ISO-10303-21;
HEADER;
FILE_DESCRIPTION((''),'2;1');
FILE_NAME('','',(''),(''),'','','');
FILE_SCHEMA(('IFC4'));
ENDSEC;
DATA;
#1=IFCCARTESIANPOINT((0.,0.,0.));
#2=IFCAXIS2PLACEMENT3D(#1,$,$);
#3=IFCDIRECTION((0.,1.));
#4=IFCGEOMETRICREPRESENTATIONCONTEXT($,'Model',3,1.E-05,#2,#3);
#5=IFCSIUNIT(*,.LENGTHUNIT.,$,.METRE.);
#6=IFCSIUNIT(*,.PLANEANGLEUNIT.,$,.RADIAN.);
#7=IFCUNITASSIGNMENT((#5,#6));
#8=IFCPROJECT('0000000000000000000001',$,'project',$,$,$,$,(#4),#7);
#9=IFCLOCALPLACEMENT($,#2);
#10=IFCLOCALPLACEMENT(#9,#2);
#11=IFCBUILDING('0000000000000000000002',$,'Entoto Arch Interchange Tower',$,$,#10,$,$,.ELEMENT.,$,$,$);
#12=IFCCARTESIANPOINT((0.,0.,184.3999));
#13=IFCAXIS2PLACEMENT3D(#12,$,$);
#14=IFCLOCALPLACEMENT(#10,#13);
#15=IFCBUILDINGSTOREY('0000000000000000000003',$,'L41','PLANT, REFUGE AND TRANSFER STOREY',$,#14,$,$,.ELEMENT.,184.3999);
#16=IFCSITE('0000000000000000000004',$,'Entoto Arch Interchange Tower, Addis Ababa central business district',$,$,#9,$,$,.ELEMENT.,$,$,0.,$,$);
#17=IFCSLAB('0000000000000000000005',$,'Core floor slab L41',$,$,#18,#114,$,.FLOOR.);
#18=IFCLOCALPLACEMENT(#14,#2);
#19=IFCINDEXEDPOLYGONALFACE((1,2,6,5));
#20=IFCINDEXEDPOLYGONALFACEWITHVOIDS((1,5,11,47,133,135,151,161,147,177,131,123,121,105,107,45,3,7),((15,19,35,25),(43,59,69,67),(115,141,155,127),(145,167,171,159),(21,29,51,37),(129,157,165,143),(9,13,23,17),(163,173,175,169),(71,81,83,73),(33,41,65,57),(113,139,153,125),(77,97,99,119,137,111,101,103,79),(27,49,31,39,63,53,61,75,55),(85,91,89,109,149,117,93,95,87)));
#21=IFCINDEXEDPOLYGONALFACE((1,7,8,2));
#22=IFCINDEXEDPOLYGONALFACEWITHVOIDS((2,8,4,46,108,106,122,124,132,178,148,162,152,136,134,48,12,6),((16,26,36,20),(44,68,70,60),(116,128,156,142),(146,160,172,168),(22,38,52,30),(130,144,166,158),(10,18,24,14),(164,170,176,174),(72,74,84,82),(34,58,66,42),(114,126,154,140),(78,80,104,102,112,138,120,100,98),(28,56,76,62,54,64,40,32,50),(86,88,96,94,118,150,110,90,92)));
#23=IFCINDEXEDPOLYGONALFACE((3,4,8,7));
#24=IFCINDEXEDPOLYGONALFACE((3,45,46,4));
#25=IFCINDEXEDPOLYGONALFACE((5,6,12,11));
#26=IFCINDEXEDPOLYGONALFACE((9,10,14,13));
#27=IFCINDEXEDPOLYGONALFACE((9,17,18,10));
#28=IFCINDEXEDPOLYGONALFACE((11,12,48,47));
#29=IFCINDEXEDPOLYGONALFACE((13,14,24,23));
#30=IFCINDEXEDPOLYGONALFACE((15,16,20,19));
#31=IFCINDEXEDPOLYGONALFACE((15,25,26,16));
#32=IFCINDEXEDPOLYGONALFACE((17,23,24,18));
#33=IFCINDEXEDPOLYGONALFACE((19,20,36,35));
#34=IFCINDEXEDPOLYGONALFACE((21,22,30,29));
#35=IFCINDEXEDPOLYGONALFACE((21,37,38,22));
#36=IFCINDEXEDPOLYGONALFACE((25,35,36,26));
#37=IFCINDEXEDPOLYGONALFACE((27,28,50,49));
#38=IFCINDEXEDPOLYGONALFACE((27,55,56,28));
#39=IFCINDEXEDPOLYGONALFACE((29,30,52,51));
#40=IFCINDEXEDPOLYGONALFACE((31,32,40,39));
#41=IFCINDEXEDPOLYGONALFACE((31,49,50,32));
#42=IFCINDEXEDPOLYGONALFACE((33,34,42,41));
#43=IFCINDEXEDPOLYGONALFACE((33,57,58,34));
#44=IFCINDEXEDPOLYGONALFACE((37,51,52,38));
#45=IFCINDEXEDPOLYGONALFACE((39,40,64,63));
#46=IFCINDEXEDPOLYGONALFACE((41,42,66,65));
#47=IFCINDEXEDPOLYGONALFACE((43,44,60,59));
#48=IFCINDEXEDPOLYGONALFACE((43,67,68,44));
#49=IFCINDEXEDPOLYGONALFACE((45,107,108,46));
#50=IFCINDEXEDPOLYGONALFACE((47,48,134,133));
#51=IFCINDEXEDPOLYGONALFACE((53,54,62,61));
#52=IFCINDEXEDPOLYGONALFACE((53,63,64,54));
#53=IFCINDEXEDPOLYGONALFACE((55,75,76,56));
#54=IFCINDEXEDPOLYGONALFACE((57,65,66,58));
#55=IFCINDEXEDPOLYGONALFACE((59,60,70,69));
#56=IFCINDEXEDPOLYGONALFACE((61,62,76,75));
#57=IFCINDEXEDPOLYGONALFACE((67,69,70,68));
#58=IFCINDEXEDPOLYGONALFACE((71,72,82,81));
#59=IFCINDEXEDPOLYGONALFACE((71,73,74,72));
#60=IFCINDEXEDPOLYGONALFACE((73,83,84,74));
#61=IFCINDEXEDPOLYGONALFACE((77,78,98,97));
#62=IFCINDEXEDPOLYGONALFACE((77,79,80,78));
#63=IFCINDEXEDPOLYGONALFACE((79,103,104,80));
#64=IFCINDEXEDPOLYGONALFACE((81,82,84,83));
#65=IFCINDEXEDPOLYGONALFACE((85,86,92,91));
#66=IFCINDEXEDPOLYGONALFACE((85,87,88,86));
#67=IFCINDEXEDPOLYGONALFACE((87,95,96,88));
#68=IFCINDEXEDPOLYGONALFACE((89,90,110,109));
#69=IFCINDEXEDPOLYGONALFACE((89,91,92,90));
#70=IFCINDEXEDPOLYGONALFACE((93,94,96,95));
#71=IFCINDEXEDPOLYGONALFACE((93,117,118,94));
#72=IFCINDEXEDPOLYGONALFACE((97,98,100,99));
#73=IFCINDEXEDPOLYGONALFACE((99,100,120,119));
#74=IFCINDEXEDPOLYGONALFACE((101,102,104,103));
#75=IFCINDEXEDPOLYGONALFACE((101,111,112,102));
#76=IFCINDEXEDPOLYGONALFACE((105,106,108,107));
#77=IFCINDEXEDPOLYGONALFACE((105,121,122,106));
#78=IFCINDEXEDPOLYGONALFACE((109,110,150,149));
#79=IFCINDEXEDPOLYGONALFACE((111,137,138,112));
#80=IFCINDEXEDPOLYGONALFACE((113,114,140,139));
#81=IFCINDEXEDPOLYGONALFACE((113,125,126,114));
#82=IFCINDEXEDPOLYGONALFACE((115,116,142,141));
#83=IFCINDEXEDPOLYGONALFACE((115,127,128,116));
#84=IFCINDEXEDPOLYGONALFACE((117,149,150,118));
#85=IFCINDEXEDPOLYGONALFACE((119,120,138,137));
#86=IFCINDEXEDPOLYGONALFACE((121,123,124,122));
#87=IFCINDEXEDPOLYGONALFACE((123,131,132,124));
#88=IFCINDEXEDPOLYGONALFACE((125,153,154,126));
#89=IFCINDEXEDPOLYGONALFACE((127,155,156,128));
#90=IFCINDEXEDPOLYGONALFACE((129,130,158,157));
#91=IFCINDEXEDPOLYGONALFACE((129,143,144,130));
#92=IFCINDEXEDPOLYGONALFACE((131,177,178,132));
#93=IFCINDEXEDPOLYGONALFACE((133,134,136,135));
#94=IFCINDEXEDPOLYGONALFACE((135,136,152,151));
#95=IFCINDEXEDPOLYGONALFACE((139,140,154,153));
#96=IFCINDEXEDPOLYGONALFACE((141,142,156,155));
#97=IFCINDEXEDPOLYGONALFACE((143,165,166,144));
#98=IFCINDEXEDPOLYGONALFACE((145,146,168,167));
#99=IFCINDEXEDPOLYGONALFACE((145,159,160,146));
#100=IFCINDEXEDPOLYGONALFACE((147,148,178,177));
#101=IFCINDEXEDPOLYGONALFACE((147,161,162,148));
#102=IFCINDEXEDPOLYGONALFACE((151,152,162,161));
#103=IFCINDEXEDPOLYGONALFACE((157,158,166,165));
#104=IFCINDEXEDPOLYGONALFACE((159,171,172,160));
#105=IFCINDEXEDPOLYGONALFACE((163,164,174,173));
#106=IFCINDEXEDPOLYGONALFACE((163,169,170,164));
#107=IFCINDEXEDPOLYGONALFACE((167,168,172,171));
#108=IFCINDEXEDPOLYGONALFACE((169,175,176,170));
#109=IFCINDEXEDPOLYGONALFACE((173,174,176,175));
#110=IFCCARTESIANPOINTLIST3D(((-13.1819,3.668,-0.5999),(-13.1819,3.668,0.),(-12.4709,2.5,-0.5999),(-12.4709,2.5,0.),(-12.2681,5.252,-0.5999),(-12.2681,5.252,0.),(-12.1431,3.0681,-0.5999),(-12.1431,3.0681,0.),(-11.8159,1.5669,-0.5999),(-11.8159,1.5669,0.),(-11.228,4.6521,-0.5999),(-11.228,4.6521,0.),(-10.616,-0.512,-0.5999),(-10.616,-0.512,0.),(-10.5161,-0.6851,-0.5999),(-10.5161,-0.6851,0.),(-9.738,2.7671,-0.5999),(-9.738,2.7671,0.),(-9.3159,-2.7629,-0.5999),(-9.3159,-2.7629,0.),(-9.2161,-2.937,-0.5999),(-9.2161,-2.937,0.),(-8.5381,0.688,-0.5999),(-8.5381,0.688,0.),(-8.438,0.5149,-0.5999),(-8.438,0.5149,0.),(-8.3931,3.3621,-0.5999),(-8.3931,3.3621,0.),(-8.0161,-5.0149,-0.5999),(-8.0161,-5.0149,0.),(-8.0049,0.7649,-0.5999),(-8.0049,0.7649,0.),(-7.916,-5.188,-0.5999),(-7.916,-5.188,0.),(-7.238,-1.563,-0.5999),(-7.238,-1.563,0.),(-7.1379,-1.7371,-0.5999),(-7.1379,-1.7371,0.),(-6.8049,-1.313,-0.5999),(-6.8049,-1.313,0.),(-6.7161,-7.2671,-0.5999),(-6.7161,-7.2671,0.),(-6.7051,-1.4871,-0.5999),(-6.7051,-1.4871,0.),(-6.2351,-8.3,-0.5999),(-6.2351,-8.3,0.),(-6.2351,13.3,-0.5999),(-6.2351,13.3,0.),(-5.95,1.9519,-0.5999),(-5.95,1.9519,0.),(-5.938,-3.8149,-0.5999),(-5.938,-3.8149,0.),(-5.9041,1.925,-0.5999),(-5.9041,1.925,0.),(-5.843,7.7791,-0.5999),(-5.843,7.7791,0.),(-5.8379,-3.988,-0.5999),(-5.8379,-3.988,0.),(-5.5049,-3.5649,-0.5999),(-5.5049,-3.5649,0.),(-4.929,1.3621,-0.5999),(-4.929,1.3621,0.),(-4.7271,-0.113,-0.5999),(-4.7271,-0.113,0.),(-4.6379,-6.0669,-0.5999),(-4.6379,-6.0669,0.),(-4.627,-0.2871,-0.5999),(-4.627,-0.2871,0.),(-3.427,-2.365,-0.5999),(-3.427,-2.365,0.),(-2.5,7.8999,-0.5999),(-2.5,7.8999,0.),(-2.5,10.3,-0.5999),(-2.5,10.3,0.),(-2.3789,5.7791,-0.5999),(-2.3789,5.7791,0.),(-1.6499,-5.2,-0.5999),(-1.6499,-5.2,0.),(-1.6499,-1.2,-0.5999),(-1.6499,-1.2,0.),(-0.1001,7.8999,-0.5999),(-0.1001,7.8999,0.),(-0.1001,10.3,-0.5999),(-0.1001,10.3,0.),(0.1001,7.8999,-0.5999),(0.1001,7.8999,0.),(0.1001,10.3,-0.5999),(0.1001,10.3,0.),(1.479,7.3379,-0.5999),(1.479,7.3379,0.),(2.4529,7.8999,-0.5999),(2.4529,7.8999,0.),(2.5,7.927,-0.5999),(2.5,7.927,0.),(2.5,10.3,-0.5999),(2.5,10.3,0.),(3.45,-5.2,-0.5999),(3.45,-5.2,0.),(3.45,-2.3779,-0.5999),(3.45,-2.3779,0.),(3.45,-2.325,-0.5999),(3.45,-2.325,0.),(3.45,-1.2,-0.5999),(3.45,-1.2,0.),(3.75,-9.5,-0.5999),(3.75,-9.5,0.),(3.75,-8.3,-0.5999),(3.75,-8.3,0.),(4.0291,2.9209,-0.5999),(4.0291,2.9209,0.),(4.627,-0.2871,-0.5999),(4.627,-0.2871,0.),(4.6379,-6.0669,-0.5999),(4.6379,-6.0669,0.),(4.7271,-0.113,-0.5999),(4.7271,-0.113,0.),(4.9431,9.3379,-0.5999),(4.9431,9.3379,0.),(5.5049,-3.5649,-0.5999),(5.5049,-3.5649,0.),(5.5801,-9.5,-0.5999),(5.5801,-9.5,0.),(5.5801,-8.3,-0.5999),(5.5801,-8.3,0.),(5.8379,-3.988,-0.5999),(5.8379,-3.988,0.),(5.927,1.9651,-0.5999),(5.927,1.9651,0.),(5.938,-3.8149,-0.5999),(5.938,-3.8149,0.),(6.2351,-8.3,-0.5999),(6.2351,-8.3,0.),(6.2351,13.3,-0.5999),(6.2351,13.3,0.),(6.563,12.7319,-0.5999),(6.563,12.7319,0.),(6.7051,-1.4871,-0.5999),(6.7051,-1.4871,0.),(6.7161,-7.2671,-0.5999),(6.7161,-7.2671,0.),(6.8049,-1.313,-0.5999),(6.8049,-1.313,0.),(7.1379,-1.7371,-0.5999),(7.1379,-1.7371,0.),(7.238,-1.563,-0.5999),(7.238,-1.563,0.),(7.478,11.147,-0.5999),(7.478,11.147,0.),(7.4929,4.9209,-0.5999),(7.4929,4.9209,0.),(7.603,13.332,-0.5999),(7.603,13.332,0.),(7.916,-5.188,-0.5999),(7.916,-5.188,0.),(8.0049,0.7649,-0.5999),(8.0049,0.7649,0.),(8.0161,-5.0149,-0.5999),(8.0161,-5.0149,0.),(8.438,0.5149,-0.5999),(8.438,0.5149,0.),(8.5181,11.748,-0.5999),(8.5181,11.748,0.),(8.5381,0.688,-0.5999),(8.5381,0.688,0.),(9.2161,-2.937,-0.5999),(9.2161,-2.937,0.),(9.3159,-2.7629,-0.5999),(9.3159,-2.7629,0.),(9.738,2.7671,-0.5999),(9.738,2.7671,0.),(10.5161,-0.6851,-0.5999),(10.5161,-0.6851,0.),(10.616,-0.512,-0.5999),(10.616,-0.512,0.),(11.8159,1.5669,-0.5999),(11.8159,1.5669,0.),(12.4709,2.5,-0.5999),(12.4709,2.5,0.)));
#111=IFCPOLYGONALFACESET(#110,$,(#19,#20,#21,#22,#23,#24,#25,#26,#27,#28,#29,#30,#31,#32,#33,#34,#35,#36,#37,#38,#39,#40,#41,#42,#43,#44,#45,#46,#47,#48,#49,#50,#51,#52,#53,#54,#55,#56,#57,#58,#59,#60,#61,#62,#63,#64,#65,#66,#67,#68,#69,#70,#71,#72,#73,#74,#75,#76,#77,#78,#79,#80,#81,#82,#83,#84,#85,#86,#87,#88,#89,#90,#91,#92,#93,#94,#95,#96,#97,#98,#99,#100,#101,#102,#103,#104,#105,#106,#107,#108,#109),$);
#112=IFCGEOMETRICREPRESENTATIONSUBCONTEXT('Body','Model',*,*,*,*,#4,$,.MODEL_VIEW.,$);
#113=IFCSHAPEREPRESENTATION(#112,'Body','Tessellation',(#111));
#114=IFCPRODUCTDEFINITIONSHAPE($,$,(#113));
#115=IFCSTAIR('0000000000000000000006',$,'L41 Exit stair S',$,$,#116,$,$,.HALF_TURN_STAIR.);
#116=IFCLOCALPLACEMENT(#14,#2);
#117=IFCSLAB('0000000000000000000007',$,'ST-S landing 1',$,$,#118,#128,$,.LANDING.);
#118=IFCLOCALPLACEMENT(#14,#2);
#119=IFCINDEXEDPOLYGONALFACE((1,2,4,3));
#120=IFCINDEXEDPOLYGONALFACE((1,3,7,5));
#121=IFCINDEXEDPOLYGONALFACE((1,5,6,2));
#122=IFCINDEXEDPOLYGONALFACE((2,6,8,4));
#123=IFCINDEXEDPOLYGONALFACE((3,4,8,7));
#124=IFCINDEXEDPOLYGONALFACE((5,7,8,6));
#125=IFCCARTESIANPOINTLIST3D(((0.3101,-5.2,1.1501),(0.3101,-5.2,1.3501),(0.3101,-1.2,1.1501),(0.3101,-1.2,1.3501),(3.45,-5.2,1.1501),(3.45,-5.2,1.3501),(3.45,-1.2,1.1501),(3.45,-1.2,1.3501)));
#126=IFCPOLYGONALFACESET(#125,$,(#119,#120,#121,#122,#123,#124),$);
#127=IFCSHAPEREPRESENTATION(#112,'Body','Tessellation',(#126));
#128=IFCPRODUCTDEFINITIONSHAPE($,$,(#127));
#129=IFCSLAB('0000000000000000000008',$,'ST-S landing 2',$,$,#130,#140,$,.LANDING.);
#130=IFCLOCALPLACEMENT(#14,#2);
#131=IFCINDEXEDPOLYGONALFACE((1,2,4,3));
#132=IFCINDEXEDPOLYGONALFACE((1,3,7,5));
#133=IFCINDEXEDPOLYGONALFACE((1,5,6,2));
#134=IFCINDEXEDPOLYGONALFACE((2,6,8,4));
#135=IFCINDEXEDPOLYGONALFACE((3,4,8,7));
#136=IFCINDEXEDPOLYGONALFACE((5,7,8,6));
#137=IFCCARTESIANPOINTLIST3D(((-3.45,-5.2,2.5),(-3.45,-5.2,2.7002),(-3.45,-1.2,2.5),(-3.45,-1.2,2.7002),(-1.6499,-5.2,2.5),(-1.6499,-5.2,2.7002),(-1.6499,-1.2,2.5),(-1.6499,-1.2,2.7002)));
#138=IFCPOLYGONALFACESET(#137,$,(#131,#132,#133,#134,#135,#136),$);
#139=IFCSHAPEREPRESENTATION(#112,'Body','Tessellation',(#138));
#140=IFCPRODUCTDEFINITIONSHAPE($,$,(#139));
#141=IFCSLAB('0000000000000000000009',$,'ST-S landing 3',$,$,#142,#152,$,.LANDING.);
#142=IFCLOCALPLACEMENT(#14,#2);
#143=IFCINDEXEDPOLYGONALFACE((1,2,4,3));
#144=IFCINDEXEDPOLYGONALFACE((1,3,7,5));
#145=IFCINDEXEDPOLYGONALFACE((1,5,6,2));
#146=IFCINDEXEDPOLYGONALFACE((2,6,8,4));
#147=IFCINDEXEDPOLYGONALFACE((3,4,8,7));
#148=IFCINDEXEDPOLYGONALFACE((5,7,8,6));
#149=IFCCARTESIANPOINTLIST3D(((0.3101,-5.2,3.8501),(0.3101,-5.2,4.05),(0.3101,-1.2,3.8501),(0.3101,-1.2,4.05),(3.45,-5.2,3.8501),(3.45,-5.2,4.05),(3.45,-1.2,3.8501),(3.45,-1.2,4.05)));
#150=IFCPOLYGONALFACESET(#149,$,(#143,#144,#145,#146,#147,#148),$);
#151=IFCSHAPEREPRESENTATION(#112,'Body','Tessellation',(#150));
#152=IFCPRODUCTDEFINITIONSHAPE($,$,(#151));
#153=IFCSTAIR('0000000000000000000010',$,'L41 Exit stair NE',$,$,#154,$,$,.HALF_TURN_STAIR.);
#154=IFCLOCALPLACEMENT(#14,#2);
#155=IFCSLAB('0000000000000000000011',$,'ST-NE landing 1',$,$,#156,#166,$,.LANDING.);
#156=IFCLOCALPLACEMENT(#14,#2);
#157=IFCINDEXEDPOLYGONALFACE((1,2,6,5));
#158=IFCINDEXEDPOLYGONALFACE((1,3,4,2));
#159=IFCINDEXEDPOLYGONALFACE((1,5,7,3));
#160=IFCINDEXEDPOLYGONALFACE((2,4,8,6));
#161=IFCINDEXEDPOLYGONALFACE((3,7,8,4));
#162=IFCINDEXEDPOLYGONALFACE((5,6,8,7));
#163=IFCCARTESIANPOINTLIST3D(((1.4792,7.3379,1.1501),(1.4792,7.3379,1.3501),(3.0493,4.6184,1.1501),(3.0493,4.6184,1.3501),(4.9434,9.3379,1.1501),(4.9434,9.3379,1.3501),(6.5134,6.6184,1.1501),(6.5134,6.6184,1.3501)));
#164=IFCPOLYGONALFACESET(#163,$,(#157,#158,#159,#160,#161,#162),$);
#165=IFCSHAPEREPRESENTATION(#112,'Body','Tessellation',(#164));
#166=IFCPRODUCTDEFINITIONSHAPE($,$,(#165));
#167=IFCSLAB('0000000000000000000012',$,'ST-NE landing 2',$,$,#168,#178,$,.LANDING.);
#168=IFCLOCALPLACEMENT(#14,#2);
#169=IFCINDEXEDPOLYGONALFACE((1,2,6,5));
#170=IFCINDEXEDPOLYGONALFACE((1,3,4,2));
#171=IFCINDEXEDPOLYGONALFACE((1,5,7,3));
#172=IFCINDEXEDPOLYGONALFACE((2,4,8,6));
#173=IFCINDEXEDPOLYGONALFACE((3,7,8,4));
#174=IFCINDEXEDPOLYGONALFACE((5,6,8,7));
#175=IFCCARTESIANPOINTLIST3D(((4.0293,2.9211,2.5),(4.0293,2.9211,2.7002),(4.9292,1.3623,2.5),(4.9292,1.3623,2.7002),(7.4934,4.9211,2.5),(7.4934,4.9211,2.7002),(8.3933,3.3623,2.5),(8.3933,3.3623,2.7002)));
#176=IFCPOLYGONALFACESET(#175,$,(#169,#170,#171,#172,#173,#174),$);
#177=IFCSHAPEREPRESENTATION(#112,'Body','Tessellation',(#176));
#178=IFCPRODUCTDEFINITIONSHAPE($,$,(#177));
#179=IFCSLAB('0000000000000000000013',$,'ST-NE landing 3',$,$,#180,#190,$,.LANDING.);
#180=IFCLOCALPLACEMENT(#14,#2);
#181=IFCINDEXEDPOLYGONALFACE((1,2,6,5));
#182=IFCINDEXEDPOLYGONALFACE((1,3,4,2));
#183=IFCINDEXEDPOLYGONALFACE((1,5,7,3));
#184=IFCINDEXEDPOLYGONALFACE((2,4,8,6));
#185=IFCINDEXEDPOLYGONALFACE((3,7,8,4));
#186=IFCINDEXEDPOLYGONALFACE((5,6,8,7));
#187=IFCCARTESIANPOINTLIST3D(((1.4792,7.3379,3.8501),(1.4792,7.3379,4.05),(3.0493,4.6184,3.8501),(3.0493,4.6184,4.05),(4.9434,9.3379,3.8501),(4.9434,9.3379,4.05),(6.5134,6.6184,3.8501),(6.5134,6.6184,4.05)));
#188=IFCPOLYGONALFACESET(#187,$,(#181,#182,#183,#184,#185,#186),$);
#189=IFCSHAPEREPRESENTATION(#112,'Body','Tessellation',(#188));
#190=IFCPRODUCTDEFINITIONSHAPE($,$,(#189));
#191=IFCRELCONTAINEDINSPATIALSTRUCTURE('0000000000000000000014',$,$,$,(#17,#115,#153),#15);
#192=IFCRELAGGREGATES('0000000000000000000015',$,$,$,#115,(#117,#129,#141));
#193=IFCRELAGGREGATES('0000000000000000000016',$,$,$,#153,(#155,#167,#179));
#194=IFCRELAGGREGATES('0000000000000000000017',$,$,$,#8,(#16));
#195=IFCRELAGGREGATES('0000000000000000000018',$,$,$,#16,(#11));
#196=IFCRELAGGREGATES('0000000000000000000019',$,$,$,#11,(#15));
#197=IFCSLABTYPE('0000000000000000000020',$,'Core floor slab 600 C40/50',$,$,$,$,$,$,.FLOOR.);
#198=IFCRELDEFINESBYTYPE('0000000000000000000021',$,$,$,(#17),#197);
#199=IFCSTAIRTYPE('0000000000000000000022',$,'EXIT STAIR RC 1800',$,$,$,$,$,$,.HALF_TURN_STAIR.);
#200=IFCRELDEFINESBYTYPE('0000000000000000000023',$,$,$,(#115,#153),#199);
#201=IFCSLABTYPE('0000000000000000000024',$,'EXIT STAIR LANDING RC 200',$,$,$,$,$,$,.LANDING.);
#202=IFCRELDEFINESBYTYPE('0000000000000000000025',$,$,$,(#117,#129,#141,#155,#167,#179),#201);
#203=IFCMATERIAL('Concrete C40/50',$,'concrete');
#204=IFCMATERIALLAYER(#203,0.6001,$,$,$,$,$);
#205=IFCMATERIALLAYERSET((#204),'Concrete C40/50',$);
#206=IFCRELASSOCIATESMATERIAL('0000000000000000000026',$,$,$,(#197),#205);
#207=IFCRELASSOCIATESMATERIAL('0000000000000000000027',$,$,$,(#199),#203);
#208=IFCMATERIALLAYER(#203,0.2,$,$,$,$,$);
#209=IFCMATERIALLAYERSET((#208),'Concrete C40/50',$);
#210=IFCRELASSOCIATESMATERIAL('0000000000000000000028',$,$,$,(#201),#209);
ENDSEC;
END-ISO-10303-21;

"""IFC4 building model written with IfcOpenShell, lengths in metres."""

from ifc_helpers import new_model, si_unit, direction, frame, origin, place, context, subcontext, project, spatial, polyline, outline, extrude, material, layer, layer_set, type_object, element, aggregate, save


model = new_model("IFC4")

# Units and contexts
model_context = context("Model", 3, precision=1e-05, world=origin(), true_north=direction((0.0, 1.0)))
body_context = subcontext(model_context, "Body", "Model", "MODEL_VIEW")
ifc_project = project(units=[si_unit("LENGTHUNIT", "METRE"), si_unit("PLANEANGLEUNIT", "RADIAN")], contexts=[model_context])

# Site, building, storey
site_placement = place(None, origin())
site = spatial("IfcSite", under=ifc_project, at=site_placement, Name="Entoto Arch Interchange Tower, Addis Ababa central business district", CompositionType="ELEMENT", RefElevation=0.0)
building_placement = place(site_placement, origin())
building = spatial("IfcBuilding", under=site, at=building_placement, Name="Entoto Arch Interchange Tower", CompositionType="ELEMENT")
storey_placement = place(building_placement, frame((0.0, 0.0, 184.3999)))
storey = spatial("IfcBuildingStorey", under=building, at=storey_placement, Name="L41", Description="PLANT, REFUGE AND TRANSFER STOREY", CompositionType="ELEMENT", Elevation=184.3999)

# Slab
ifc_material_1 = material(Name="Concrete C40/50", Category="concrete")
ifc_layer_1 = layer(ifc_material_1, 0.6001)
ifc_layer_set_1 = layer_set([ifc_layer_1], Name="Concrete C40/50")
slab_type_1 = type_object("IfcSlabType", Name="Core floor slab 600 C40/50", PredefinedType="FLOOR", material=ifc_layer_set_1)
slab_1_placement = place(storey_placement, frame((0.0, 0.0, -0.5999)))
element("IfcSlab", 1, at=slab_1_placement, inside=storey, type_object=slab_type_1, Name="Core floor slab L41", PredefinedType="FLOOR", context=body_context, shape_type="SweptSolid", body=[
    extrude(outline(polyline([(5.5801, -9.5), (3.75, -9.5), (3.75, -8.3), (-6.2351, -8.3), (-12.4709, 2.5), (-12.1431, 3.0681), (-13.1819, 3.668), (-12.2681, 5.252), (-11.228, 4.6521), (-6.2351, 13.3), (6.2351, 13.3), (6.563, 12.7319), (7.603, 13.332), (8.5181, 11.748), (7.478, 11.147), (12.4709, 2.5), (6.2351, -8.3), (5.5801, -8.3), (5.5801, -9.5)]), holes=[polyline([(-4.6379, -6.0669), (-5.8379, -3.988), (-7.916, -5.188), (-6.7161, -7.2671), (-4.6379, -6.0669)]), polyline([(-5.938, -3.8149), (-7.1379, -1.7371), (-9.2161, -2.937), (-8.0161, -5.0149), (-5.938, -3.8149)]), polyline([(5.5049, -3.5649), (6.7051, -1.4871), (4.627, -0.2871), (3.45, -2.325), (3.45, -1.2), (-1.6499, -1.2), (-1.6499, -5.2), (3.45, -5.2), (3.45, -2.3779), (5.5049, -3.5649)]), polyline([(-3.427, -2.365), (-4.627, -0.2871), (-6.7051, -1.4871), (-5.5049, -3.5649), (-3.427, -2.365)]), polyline([(-7.238, -1.563), (-8.438, 0.5149), (-10.5161, -0.6851), (-9.3159, -2.7629), (-7.238, -1.563)]), polyline([(-4.7271, -0.113), (-5.9041, 1.925), (-4.929, 1.3621), (-2.3789, 5.7791), (-5.843, 7.7791), (-8.3931, 3.3621), (-5.95, 1.9519), (-8.0049, 0.7649), (-6.8049, -1.313), (-4.7271, -0.113)]), polyline([(-8.5381, 0.688), (-9.738, 2.7671), (-11.8159, 1.5669), (-10.616, -0.512), (-8.5381, 0.688)]), polyline([(-2.5, 7.8999), (-0.1001, 7.8999), (-0.1001, 10.3), (-2.5, 10.3), (-2.5, 7.8999)]), polyline([(5.8379, -3.988), (4.6379, -6.0669), (6.7161, -7.2671), (7.916, -5.188), (5.8379, -3.988)]), polyline([(7.1379, -1.7371), (5.938, -3.8149), (8.0161, -5.0149), (9.2161, -2.937), (7.1379, -1.7371)]), polyline([(8.438, 0.5149), (7.238, -1.563), (9.3159, -2.7629), (10.5161, -0.6851), (8.438, 0.5149)]), polyline([(5.927, 1.9651), (4.7271, -0.113), (6.8049, -1.313), (8.0049, 0.7649), (5.927, 1.9651)]), polyline([(9.738, 2.7671), (8.5381, 0.688), (10.616, -0.512), (11.8159, 1.5669), (9.738, 2.7671)]), polyline([(7.4929, 4.9209), (4.9431, 9.3379), (2.5, 7.927), (2.5, 10.3), (0.1001, 10.3), (0.1001, 7.8999), (2.4529, 7.8999), (1.479, 7.3379), (4.0291, 2.9209), (7.4929, 4.9209)])]), origin(), (0.0, 0.0, 1.0), 0.5999),
])

# Stairs, slabs
stair_type = type_object("IfcStairType", Name="EXIT STAIR RC 1800", PredefinedType="HALF_TURN_STAIR", material=ifc_material_1)
stair_1_placement = place(storey_placement, origin())
stair_1 = element("IfcStair", 2, at=stair_1_placement, inside=storey, type_object=stair_type, Name="L41 Exit stair S", PredefinedType="HALF_TURN_STAIR")
ifc_layer_2 = layer(ifc_material_1, 0.2)
ifc_layer_set_2 = layer_set([ifc_layer_2], Name="Concrete C40/50")
slab_type_2 = type_object("IfcSlabType", Name="EXIT STAIR LANDING RC 200", PredefinedType="LANDING", material=ifc_layer_set_2)
slab_2_placement = place(storey_placement, frame((0.0, 0.0, 1.1501)))
slab_2 = element("IfcSlab", 3, at=slab_2_placement, type_object=slab_type_2, Name="ST-S landing 1", PredefinedType="LANDING", context=body_context, shape_type="SweptSolid", body=[
    extrude(outline(polyline([(0.3101, -5.2), (3.45, -5.2), (3.45, -1.2), (0.3101, -1.2), (0.3101, -5.2)])), origin(), (0.0, 0.0, 1.0), 0.2),
])
slab_3_placement = place(storey_placement, frame((0.0, 0.0, 2.5)))
slab_3 = element("IfcSlab", 4, at=slab_3_placement, type_object=slab_type_2, Name="ST-S landing 2", PredefinedType="LANDING", context=body_context, shape_type="SweptSolid", body=[
    extrude(outline(polyline([(-3.45, -5.2), (-1.6499, -5.2), (-1.6499, -1.2), (-3.45, -1.2), (-3.45, -5.2)])), origin(), (0.0, 0.0, 1.0), 0.2002),
])
slab_4_placement = place(storey_placement, frame((0.0, 0.0, 3.8501)))
slab_4 = element("IfcSlab", 5, at=slab_4_placement, type_object=slab_type_2, Name="ST-S landing 3", PredefinedType="LANDING", context=body_context, shape_type="SweptSolid", body=[
    extrude(outline(polyline([(0.3101, -5.2), (3.45, -5.2), (3.45, -1.2), (0.3101, -1.2), (0.3101, -5.2)])), origin(), (0.0, 0.0, 1.0), 0.2),
])
aggregate(stair_1, [slab_2, slab_3, slab_4])
stair_2_placement = place(storey_placement, origin())
stair_2 = element("IfcStair", 6, at=stair_2_placement, inside=storey, type_object=stair_type, Name="L41 Exit stair NE", PredefinedType="HALF_TURN_STAIR")
slab_5_placement = place(storey_placement, frame((0.0, 0.0, 1.1501)))
slab_5 = element("IfcSlab", 7, at=slab_5_placement, type_object=slab_type_2, Name="ST-NE landing 1", PredefinedType="LANDING", context=body_context, shape_type="SweptSolid", body=[
    extrude(outline(polyline([(6.5134, 6.6184), (4.9434, 9.3379), (1.4792, 7.3379), (3.0493, 4.6184), (6.5134, 6.6184)])), origin(), (0.0, 0.0, 1.0), 0.2),
])
slab_6_placement = place(storey_placement, frame((0.0, 0.0, 2.5)))
slab_6 = element("IfcSlab", 8, at=slab_6_placement, type_object=slab_type_2, Name="ST-NE landing 2", PredefinedType="LANDING", context=body_context, shape_type="SweptSolid", body=[
    extrude(outline(polyline([(8.3933, 3.3623), (7.4934, 4.9211), (4.0293, 2.9211), (4.9292, 1.3623), (8.3933, 3.3623)])), origin(), (0.0, 0.0, 1.0), 0.2002),
])
slab_7_placement = place(storey_placement, frame((0.0, 0.0, 3.8501)))
slab_7 = element("IfcSlab", 9, at=slab_7_placement, type_object=slab_type_2, Name="ST-NE landing 3", PredefinedType="LANDING", context=body_context, shape_type="SweptSolid", body=[
    extrude(outline(polyline([(6.5134, 6.6184), (4.9434, 9.3379), (1.4792, 7.3379), (3.0493, 4.6184), (6.5134, 6.6184)])), origin(), (0.0, 0.0, 1.0), 0.2),
])
aggregate(stair_2, [slab_5, slab_6, slab_7])

save(model, "model.ifc")
